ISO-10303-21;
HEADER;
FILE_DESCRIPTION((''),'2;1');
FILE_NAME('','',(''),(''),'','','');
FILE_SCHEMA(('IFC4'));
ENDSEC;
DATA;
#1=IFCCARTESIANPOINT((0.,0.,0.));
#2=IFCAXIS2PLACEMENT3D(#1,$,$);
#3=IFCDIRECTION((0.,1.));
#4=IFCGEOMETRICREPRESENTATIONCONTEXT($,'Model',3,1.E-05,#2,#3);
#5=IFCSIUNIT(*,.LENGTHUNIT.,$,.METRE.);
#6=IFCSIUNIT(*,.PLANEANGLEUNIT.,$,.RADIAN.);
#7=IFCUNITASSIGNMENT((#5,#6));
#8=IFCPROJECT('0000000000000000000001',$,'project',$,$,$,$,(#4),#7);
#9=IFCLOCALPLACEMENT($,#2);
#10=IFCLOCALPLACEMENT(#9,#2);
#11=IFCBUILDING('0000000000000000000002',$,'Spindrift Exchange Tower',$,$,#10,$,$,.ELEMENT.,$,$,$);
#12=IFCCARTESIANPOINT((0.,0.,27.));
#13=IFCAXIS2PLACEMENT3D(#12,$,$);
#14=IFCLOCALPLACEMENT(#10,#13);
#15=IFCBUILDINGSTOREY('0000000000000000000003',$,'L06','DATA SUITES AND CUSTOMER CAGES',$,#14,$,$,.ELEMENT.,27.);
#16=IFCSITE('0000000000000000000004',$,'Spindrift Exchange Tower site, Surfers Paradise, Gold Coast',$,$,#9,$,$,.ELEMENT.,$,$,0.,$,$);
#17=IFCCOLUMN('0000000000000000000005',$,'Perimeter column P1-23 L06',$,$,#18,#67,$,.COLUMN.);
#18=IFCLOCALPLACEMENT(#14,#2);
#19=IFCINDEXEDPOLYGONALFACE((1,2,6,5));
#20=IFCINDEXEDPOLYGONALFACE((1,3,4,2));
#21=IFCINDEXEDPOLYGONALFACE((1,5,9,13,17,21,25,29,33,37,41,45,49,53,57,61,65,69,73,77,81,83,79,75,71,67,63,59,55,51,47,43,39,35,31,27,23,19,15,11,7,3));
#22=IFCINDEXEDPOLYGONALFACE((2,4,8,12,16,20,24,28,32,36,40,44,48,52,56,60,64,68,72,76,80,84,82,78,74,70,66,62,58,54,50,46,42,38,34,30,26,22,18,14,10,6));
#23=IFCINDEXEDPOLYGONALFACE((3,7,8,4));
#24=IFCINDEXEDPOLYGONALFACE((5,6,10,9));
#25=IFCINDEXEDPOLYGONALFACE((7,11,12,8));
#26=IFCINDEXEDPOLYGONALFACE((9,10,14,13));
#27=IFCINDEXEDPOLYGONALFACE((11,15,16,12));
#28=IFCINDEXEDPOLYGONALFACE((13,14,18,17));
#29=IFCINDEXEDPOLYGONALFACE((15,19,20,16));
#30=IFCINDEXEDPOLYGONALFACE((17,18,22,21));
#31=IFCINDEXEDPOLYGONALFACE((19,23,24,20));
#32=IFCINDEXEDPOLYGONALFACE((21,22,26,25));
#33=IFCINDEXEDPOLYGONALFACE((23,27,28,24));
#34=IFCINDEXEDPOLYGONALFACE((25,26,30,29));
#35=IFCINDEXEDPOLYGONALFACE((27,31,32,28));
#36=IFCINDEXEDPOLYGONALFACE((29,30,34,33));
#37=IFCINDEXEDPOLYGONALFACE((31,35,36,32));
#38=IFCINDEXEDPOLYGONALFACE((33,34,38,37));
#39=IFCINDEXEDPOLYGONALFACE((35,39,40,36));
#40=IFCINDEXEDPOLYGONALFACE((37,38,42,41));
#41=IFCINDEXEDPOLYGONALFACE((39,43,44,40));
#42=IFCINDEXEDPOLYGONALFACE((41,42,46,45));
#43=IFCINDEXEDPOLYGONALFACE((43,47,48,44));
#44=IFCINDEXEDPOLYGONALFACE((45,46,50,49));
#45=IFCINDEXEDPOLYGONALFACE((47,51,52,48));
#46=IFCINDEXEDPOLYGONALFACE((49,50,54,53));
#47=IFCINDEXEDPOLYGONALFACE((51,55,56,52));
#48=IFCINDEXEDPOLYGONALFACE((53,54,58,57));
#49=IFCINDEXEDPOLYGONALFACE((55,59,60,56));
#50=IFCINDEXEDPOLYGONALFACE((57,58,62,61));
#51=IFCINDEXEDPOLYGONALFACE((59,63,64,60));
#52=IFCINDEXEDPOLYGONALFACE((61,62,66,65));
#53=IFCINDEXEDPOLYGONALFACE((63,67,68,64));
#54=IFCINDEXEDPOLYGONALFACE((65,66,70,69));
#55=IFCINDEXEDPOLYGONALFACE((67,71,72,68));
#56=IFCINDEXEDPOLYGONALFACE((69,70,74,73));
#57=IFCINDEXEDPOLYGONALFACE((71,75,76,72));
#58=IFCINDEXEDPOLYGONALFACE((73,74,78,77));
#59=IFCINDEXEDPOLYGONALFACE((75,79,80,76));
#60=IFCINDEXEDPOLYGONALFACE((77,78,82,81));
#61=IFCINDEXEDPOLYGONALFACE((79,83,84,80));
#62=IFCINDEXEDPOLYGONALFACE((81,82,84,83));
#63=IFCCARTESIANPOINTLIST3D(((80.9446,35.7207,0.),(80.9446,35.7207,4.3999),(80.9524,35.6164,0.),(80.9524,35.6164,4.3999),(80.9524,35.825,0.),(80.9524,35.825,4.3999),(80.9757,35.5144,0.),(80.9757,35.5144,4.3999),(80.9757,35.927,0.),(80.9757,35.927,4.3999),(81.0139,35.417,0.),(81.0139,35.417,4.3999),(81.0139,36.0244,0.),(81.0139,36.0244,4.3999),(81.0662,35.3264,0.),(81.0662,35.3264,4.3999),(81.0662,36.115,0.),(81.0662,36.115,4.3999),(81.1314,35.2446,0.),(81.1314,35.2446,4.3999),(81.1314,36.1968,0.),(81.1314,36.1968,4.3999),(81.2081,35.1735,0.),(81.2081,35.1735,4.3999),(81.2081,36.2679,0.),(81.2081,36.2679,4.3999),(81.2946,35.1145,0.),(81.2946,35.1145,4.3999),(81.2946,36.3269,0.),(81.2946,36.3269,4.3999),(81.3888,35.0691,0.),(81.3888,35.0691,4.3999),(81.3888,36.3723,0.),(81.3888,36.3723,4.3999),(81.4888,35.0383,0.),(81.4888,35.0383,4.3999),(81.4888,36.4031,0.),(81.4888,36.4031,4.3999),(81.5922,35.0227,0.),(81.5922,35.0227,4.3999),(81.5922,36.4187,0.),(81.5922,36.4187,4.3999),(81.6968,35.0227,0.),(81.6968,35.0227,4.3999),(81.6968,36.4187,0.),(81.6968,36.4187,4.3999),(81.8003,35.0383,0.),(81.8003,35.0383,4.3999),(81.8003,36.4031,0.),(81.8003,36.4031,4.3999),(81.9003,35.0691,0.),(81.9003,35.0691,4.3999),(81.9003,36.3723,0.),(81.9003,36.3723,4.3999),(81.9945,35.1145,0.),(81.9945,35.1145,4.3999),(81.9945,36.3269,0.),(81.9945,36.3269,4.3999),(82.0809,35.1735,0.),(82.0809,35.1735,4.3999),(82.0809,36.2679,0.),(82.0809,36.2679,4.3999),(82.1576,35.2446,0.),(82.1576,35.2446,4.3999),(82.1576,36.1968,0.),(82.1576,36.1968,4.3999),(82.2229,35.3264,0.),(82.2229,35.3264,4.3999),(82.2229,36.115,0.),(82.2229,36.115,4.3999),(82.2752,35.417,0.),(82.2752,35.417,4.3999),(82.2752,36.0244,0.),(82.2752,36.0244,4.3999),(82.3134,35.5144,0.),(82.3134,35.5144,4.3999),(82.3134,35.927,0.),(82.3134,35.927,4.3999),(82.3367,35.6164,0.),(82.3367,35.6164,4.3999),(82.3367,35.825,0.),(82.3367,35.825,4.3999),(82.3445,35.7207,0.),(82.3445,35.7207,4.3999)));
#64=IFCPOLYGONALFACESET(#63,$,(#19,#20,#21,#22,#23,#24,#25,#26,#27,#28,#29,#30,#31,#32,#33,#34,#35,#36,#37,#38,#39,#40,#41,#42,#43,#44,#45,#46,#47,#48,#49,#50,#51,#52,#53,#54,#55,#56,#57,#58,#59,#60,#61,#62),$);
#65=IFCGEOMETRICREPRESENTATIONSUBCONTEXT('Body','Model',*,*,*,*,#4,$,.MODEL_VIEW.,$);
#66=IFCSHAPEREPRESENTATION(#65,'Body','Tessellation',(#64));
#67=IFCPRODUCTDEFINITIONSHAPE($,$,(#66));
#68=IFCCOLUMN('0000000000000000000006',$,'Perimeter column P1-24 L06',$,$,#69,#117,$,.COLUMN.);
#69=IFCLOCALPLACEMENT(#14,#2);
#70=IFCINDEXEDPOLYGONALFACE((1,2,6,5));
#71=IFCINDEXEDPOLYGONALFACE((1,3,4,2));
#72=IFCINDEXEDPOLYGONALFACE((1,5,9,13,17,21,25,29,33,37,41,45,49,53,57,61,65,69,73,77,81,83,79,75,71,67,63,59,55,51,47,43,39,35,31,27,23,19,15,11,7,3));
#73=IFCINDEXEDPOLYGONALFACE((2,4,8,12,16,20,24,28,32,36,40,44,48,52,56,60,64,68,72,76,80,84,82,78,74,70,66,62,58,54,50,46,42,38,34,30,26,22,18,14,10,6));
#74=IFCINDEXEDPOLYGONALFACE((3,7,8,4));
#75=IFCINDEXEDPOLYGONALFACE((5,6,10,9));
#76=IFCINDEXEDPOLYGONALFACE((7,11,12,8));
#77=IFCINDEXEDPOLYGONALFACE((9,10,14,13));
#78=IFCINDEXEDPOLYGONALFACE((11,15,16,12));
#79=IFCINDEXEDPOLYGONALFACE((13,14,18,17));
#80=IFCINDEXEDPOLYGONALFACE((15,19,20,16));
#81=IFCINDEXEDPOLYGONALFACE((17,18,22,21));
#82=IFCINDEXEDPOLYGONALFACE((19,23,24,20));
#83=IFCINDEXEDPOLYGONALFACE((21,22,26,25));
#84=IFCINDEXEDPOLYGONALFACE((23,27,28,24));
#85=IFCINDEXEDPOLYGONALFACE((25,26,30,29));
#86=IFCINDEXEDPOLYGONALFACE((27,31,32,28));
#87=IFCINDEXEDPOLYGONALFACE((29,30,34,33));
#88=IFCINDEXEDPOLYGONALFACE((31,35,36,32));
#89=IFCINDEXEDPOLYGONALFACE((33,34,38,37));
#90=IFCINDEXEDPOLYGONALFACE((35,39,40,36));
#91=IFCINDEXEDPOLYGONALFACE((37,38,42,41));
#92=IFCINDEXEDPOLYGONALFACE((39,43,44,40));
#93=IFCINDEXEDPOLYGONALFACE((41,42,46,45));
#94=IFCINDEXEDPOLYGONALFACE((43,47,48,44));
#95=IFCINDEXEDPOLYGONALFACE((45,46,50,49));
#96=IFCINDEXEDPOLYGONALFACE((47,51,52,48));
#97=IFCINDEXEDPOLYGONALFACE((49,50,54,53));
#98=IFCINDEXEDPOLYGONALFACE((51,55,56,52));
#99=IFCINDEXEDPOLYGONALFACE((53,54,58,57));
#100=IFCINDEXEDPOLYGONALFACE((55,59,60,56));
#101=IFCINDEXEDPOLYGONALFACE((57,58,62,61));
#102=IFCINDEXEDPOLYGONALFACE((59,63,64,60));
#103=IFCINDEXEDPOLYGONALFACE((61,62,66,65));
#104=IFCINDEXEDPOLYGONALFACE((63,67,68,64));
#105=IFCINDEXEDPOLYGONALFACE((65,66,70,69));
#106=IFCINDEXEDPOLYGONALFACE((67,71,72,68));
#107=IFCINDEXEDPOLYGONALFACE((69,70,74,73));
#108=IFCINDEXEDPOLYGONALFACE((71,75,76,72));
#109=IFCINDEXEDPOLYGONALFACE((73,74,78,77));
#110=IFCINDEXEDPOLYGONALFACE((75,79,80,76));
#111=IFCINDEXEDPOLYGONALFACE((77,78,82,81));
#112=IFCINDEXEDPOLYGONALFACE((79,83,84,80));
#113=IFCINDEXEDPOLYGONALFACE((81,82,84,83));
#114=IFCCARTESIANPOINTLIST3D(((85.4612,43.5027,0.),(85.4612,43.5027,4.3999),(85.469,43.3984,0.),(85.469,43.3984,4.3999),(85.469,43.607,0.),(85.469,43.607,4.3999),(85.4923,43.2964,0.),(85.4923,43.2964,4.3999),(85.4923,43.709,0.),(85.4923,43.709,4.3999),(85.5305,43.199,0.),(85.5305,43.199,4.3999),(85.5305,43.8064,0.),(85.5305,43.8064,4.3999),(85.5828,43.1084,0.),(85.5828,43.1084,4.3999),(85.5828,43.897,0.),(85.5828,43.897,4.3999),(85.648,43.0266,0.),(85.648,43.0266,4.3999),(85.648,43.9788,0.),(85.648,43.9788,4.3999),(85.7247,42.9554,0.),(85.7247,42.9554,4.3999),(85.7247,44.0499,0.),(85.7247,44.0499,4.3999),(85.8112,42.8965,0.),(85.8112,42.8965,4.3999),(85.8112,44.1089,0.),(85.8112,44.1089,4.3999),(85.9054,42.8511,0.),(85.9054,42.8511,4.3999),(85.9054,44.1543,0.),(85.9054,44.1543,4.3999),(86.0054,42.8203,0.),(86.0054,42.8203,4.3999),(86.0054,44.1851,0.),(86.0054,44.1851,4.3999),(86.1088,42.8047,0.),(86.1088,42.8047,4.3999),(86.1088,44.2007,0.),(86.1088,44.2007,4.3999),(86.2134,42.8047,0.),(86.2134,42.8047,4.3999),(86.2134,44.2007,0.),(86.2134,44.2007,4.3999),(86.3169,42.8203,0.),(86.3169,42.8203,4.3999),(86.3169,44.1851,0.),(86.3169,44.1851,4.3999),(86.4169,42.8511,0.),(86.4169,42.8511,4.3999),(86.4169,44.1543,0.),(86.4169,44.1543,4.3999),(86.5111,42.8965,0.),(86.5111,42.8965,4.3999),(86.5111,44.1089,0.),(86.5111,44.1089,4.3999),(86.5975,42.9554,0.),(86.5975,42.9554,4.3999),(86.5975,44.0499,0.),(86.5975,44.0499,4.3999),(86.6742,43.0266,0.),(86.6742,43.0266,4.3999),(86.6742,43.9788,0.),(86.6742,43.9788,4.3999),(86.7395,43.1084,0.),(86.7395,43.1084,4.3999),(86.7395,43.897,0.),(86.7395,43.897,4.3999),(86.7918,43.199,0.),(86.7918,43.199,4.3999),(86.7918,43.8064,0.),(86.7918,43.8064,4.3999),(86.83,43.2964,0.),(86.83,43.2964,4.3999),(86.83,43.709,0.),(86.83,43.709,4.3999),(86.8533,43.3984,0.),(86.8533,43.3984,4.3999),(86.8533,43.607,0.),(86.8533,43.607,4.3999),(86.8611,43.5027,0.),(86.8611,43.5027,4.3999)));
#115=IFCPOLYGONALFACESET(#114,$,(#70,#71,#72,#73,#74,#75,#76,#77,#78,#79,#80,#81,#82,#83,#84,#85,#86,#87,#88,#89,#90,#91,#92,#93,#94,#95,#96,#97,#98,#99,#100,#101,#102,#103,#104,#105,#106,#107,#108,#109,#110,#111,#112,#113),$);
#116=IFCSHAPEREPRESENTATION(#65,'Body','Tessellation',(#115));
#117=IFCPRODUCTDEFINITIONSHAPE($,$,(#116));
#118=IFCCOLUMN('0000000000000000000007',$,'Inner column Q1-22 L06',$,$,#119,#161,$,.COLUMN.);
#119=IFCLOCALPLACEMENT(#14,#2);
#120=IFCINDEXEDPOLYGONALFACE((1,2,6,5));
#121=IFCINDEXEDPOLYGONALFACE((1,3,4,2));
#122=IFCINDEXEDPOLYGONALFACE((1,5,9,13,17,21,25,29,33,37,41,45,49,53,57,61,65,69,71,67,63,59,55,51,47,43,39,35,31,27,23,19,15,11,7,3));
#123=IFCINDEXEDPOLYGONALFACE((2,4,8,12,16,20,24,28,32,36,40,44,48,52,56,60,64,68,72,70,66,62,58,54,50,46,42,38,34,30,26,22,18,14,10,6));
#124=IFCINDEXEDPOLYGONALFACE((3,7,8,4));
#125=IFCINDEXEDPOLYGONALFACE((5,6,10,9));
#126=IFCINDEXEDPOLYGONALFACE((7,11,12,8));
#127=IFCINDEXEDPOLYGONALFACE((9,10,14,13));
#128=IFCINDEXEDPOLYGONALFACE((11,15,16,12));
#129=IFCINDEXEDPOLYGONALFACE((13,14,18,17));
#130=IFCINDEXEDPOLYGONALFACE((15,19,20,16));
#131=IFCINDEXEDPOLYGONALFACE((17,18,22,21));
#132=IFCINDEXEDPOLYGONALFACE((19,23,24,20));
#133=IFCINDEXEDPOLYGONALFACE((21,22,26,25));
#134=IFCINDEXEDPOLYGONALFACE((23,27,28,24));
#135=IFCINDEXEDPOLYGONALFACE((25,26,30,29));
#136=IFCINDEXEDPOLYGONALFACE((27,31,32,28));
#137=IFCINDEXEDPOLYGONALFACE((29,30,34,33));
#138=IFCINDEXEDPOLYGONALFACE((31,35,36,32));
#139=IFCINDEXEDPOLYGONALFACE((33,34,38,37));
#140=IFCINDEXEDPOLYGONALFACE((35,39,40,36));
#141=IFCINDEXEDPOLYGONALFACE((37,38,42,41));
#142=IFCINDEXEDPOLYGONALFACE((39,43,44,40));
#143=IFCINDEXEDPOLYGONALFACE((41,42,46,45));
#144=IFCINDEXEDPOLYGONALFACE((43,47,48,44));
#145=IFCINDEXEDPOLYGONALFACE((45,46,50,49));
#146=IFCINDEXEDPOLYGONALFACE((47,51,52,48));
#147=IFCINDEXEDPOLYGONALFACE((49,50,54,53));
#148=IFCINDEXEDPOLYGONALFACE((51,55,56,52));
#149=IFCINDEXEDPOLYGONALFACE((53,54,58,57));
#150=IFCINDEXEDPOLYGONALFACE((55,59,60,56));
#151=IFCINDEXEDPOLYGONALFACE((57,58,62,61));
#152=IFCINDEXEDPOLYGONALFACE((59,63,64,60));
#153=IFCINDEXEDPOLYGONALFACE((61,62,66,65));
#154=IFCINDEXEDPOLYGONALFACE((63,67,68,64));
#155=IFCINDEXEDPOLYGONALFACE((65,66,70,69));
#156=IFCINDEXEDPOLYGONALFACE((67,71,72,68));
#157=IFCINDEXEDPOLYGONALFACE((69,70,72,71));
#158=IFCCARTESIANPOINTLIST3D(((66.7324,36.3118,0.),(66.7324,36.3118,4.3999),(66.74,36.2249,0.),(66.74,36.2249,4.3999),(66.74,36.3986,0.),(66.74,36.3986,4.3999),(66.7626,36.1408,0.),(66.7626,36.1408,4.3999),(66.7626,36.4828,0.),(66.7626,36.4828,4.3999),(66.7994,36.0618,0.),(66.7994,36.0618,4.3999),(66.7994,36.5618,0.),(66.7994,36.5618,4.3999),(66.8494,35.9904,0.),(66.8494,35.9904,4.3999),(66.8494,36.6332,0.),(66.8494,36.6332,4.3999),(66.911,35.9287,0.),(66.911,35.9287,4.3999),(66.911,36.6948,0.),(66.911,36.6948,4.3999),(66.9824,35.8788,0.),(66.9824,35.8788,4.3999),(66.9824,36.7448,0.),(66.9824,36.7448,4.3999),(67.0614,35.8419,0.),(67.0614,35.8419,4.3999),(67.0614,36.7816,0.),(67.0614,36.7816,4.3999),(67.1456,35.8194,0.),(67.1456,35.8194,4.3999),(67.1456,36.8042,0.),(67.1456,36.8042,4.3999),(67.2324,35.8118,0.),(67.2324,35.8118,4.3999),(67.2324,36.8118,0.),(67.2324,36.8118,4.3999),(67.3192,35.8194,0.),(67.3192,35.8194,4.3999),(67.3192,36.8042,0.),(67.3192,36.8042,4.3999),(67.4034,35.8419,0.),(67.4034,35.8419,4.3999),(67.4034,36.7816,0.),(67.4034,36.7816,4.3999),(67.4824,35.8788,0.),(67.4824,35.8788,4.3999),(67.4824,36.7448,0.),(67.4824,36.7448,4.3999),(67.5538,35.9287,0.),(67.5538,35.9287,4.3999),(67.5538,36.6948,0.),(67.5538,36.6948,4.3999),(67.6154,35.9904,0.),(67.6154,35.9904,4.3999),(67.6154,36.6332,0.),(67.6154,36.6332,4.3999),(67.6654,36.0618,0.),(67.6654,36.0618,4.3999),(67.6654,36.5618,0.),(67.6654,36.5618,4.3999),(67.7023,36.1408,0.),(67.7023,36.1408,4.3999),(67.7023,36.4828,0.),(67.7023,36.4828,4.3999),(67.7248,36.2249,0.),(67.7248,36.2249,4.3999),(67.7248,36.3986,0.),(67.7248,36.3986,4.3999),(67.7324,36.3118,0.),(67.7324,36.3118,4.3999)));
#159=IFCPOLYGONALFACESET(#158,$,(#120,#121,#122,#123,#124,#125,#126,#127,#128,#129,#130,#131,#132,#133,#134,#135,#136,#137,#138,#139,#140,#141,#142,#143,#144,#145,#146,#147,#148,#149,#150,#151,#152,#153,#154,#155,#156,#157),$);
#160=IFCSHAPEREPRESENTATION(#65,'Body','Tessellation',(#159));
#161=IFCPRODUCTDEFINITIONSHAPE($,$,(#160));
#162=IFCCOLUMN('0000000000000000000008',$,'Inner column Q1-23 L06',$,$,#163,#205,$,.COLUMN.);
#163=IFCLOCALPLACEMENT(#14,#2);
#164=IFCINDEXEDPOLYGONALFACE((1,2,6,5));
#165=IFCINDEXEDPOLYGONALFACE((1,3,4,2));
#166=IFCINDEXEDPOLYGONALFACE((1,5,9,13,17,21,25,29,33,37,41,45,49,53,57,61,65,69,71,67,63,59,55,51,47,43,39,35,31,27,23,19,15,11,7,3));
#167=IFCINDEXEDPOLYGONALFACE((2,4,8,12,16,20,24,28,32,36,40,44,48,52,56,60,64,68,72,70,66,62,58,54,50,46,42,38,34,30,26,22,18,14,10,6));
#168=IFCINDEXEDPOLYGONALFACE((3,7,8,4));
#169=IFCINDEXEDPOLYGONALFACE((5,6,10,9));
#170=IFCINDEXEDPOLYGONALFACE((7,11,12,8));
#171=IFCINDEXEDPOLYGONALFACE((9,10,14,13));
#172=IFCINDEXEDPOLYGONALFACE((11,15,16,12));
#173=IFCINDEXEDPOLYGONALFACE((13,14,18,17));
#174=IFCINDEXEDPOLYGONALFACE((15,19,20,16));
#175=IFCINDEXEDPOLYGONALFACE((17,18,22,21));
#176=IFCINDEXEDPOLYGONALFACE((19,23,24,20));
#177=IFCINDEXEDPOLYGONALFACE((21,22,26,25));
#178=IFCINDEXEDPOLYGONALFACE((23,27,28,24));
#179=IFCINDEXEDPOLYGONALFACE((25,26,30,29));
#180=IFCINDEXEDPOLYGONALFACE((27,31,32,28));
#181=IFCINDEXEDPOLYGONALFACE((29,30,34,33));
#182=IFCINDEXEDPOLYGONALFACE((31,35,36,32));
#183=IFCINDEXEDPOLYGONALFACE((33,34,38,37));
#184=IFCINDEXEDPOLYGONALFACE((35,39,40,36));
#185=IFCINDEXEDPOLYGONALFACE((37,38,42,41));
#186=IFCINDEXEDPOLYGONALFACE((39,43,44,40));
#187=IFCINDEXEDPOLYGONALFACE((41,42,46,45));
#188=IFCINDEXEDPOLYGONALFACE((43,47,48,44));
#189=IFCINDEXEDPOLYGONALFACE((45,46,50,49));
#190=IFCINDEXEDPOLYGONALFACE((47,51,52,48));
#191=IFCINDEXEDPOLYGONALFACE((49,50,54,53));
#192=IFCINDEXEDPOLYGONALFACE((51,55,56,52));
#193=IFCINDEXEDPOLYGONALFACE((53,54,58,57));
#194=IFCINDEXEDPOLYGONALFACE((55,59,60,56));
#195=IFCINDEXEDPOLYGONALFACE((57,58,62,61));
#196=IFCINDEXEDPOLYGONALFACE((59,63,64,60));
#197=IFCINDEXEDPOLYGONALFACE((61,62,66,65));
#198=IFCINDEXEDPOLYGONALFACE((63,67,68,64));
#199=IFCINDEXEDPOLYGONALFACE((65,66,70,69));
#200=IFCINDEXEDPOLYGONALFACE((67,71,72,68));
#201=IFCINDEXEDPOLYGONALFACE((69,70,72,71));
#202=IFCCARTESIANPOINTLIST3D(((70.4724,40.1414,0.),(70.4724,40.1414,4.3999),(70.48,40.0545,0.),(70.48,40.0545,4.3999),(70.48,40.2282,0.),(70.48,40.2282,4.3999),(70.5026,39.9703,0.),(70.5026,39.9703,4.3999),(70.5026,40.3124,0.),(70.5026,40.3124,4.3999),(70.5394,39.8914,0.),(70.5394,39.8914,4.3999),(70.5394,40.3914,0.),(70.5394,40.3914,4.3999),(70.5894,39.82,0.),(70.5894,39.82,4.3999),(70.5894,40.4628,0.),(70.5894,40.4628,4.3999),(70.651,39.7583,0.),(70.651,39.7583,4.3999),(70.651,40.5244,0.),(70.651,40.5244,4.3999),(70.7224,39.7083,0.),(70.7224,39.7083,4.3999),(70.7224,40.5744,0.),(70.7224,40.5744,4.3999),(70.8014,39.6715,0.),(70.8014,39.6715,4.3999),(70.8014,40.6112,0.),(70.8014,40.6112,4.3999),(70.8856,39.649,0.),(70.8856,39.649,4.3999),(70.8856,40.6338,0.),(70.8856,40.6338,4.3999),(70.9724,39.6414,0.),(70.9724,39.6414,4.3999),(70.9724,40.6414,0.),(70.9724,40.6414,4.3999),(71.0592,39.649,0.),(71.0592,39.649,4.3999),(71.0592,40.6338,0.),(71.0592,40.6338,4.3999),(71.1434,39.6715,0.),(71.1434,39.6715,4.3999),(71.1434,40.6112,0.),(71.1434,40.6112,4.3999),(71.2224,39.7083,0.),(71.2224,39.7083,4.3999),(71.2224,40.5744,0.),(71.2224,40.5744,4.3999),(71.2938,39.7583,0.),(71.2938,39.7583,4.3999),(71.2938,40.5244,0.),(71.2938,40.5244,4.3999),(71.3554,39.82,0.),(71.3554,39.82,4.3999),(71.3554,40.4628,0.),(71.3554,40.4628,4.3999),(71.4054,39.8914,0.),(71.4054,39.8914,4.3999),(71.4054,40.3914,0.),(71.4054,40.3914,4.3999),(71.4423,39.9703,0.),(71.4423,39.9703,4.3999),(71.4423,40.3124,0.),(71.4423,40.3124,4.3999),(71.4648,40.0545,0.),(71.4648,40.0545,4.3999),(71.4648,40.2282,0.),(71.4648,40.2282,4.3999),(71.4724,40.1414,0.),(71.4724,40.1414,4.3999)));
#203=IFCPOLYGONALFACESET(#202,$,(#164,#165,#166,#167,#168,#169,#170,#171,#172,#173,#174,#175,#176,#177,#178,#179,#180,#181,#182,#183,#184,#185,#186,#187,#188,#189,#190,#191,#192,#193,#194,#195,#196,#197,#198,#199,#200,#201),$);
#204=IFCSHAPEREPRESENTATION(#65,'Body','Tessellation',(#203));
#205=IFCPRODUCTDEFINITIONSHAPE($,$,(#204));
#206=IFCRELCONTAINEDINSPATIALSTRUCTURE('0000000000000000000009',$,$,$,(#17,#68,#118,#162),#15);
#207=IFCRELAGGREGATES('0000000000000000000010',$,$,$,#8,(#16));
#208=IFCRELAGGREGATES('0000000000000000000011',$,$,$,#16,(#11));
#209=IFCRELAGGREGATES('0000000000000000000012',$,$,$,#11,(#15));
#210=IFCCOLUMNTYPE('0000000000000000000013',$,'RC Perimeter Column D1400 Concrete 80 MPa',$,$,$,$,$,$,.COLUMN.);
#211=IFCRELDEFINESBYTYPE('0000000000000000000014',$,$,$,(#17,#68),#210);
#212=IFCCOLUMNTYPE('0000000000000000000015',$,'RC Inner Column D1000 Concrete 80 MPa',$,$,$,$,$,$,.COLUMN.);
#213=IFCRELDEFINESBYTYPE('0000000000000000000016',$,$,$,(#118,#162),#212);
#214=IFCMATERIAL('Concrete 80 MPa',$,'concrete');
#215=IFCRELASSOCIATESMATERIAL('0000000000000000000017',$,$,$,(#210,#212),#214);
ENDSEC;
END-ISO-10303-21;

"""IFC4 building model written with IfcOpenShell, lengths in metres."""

from ifc_helpers import new_model, si_unit, direction, frame, origin, origin_2d, place, context, subcontext, project, spatial, circle, extrude, source, transform, mapped, material, material_profile, profile_set, type_object, element, save


model = new_model("IFC4")

# Units and contexts
model_context = context("Model", 3, precision=1e-05, world=origin(), true_north=direction((0.0, 1.0)))
body_context = subcontext(model_context, "Body", "Model", "MODEL_VIEW")
ifc_project = project(units=[si_unit("LENGTHUNIT", "METRE"), si_unit("PLANEANGLEUNIT", "RADIAN")], contexts=[model_context])

# Site, building, storey
site_placement = place(None, origin())
site = spatial("IfcSite", under=ifc_project, at=site_placement, Name="Spindrift Exchange Tower site, Surfers Paradise, Gold Coast", CompositionType="ELEMENT", RefElevation=0.0)
building_placement = place(site_placement, origin())
building = spatial("IfcBuilding", under=site, at=building_placement, Name="Spindrift Exchange Tower", CompositionType="ELEMENT")
storey_placement = place(building_placement, frame((0.0, 0.0, 27.0)))
storey = spatial("IfcBuildingStorey", under=building, at=storey_placement, Name="L06", Description="DATA SUITES AND CUSTOMER CAGES", CompositionType="ELEMENT", Elevation=27.0)

# Columns
ifc_material_1 = material(Name="Concrete 80 MPa", Category="concrete")
ifc_material_profile_1 = material_profile(ifc_material_1, circle(Radius=0.7, at=origin_2d()), Name="RC D1400")
ifc_profile_set_1 = profile_set([ifc_material_profile_1], Name="Concrete 80 MPa")
column_type_1 = type_object("IfcColumnType", Name="RC Perimeter Column D1400 Concrete 80 MPa", PredefinedType="COLUMN", material=ifc_profile_set_1)
shared_shape_1 = source(origin(), body_context, "Body", "SweptSolid", [
    extrude(circle(Radius=0.7, at=origin_2d()), origin(), (0.0, 0.0, 1.0), 4.3999),
])
for number, where, z_axis, x_axis, name in (
    (1, (81.6445, 35.7207, 0.0), (0.0, 0.0, 1.0), (1.0, 0.0, 0.0), "Perimeter column P1-23 L06"),
    (2, (86.1611, 43.5027, 0.0), (0.0, 0.0, 1.0), (1.0, 0.0, 0.0), "Perimeter column P1-24 L06"),
):
    element("IfcColumn", number, at=place(storey_placement, frame(where, z_axis=z_axis, x_axis=x_axis)), inside=storey, type_object=column_type_1, Name=name, PredefinedType="COLUMN", context=body_context, shape_type="MappedRepresentation", body=[
        mapped(shared_shape_1, transform((0.0, 0.0, 0.0), scale=1.0)),
    ])
ifc_material_profile_2 = material_profile(ifc_material_1, circle(Radius=0.5, at=origin_2d()), Name="RC D1000")
ifc_profile_set_2 = profile_set([ifc_material_profile_2], Name="Concrete 80 MPa")
column_type_2 = type_object("IfcColumnType", Name="RC Inner Column D1000 Concrete 80 MPa", PredefinedType="COLUMN", material=ifc_profile_set_2)
shared_shape_2 = source(origin(), body_context, "Body", "SweptSolid", [
    extrude(circle(Radius=0.5, at=origin_2d()), origin(), (0.0, 0.0, 1.0), 4.3999),
])
for number, where, z_axis, x_axis, name in (
    (3, (67.2324, 36.3118, 0.0), (0.0, 0.0, 1.0), (1.0, 0.0, 0.0), "Inner column Q1-22 L06"),
    (4, (70.9724, 40.1414, 0.0), (0.0, 0.0, 1.0), (1.0, 0.0, 0.0), "Inner column Q1-23 L06"),
):
    element("IfcColumn", number, at=place(storey_placement, frame(where, z_axis=z_axis, x_axis=x_axis)), inside=storey, type_object=column_type_2, Name=name, PredefinedType="COLUMN", context=body_context, shape_type="MappedRepresentation", body=[
        mapped(shared_shape_2, transform((0.0, 0.0, 0.0), scale=1.0)),
    ])

save(model, "model.ifc")
